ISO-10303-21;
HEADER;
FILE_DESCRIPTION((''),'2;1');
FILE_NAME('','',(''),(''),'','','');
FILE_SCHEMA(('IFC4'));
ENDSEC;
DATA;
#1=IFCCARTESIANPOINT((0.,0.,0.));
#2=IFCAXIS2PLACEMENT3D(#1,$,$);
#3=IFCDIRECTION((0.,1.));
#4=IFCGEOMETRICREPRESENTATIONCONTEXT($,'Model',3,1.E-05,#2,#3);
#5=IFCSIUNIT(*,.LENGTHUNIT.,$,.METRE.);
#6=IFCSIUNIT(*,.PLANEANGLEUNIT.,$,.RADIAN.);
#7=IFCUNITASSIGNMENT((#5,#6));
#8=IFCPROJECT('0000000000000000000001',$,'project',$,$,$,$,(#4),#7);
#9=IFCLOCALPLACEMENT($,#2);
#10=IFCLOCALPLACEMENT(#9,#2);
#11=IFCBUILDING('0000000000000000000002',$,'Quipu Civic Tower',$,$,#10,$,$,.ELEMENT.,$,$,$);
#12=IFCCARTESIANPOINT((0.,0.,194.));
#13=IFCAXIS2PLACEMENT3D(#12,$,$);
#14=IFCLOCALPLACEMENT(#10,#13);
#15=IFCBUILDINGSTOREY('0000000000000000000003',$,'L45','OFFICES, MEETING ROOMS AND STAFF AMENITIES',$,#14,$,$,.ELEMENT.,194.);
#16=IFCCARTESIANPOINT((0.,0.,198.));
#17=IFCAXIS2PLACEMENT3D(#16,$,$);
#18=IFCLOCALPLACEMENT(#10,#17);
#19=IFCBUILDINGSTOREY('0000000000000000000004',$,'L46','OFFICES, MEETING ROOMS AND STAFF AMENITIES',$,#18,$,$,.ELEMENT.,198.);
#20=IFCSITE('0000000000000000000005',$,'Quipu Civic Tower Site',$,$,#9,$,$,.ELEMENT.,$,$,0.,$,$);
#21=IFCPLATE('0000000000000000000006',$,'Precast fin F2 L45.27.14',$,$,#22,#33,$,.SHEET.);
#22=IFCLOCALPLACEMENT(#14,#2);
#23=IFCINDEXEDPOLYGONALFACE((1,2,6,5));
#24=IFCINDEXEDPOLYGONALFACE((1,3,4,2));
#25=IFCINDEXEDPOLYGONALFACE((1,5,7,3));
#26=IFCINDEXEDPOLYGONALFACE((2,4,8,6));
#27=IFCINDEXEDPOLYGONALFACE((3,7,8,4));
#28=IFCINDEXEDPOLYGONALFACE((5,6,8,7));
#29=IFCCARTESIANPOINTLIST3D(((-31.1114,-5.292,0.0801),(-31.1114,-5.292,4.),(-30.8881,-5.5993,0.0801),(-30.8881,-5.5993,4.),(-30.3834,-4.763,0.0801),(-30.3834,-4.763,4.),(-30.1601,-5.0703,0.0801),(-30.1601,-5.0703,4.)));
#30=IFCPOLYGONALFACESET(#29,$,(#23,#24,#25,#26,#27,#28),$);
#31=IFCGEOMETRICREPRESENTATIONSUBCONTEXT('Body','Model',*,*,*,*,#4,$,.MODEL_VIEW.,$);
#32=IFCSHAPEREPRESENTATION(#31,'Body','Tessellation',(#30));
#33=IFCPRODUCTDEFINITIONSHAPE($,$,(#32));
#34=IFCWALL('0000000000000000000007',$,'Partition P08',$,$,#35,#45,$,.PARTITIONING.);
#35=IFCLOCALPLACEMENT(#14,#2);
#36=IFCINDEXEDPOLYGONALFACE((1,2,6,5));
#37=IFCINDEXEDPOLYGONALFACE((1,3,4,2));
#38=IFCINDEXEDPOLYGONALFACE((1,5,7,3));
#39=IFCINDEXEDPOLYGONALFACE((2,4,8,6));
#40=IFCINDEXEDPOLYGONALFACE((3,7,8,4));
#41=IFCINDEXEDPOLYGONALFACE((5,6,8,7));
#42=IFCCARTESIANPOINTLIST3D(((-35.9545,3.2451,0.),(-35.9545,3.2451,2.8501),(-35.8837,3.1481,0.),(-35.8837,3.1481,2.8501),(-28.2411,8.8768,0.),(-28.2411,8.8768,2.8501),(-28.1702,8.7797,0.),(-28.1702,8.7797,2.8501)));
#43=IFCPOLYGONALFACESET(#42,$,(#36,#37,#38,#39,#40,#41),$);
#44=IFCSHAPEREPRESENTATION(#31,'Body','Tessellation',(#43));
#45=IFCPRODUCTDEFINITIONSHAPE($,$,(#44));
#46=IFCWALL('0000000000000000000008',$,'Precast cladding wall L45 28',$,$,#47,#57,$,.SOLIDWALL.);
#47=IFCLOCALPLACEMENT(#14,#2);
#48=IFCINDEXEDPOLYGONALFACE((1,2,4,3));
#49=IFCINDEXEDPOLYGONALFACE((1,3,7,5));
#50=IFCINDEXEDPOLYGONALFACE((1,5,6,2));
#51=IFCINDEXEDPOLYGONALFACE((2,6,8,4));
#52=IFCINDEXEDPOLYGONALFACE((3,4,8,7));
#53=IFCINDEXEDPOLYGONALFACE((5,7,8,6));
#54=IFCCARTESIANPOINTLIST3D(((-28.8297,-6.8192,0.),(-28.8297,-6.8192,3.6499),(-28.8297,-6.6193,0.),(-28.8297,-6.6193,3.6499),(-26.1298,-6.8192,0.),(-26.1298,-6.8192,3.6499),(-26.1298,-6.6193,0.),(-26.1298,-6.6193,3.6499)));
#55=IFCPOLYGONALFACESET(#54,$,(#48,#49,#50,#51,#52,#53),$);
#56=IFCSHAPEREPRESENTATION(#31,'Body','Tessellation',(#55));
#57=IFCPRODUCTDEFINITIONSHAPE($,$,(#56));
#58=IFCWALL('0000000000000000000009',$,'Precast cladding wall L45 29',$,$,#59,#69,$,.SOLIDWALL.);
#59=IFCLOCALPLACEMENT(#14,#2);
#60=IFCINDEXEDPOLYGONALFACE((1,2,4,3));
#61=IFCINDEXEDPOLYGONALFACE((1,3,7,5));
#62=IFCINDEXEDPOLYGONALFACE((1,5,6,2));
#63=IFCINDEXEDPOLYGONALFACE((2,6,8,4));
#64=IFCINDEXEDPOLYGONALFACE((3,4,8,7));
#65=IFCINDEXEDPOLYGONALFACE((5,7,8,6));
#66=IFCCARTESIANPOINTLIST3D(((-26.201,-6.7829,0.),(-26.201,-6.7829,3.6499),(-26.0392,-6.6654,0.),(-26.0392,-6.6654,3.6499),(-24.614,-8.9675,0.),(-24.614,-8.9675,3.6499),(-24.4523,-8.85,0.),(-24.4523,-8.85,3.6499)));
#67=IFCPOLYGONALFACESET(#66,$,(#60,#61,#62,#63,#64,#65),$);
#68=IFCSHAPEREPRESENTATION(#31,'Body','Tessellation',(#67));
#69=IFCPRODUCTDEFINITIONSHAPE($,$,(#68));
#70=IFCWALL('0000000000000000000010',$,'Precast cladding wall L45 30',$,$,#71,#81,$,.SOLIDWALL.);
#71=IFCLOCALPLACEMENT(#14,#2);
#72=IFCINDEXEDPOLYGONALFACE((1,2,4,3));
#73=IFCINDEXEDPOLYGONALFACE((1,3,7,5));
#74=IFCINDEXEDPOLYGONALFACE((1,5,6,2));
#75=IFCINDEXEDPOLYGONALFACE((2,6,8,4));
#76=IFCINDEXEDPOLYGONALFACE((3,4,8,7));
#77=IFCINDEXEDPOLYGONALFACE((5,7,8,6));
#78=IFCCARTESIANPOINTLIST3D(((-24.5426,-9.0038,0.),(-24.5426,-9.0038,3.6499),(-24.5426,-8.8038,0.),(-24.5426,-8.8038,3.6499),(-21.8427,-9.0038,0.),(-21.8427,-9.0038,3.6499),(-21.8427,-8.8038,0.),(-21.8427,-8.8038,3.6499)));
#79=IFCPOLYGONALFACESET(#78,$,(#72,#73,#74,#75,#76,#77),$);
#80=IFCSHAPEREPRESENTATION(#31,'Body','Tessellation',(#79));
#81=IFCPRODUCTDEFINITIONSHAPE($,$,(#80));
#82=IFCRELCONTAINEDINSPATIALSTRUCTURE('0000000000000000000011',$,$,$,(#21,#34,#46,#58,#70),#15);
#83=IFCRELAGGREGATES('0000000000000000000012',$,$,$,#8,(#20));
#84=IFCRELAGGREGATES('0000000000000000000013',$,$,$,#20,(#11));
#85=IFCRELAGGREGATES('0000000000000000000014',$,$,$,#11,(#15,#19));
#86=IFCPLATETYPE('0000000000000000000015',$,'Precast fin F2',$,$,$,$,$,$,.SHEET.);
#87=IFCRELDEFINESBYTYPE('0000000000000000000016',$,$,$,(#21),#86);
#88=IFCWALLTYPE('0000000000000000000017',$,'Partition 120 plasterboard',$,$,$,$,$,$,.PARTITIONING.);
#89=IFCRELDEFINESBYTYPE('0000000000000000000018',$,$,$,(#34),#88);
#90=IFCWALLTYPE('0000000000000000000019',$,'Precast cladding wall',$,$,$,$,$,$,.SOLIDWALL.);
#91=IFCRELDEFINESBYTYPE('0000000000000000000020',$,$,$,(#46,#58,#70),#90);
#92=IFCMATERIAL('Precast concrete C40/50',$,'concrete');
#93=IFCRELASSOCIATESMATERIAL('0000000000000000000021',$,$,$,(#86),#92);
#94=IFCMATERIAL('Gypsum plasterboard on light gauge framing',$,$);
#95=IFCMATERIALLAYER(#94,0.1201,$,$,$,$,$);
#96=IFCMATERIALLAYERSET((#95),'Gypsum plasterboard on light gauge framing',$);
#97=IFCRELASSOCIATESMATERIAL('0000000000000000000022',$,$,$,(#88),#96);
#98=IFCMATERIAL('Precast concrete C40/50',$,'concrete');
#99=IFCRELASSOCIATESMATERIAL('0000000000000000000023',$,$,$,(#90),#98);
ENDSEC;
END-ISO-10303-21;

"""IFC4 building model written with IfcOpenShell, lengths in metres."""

from ifc_helpers import new_model, si_unit, direction, frame, frame_2d, origin, origin_2d, place, context, subcontext, project, spatial, rectangle, extrude, material, layer, layer_set, type_object, element, save


model = new_model("IFC4")

# Units and contexts
model_context = context("Model", 3, precision=1e-05, world=origin(), true_north=direction((0.0, 1.0)))
body_context = subcontext(model_context, "Body", "Model", "MODEL_VIEW")
ifc_project = project(units=[si_unit("LENGTHUNIT", "METRE"), si_unit("PLANEANGLEUNIT", "RADIAN")], contexts=[model_context])

# Site, building, storey
site_placement = place(None, origin())
site = spatial("IfcSite", under=ifc_project, at=site_placement, Name="Quipu Civic Tower Site", CompositionType="ELEMENT", RefElevation=0.0)
building_placement = place(site_placement, origin())
building = spatial("IfcBuilding", under=site, at=building_placement, Name="Quipu Civic Tower", CompositionType="ELEMENT")
storey_1_placement = place(building_placement, frame((0.0, 0.0, 194.0)))
storey_1 = spatial("IfcBuildingStorey", under=building, at=storey_1_placement, Name="L45", Description="OFFICES, MEETING ROOMS AND STAFF AMENITIES", CompositionType="ELEMENT", Elevation=194.0)

# Shared definitions
storey_2_placement = place(building_placement, frame((0.0, 0.0, 198.0)))
storey_2 = spatial("IfcBuildingStorey", under=building, at=storey_2_placement, Name="L46", Description="OFFICES, MEETING ROOMS AND STAFF AMENITIES", CompositionType="ELEMENT", Elevation=198.0)

# Plate
ifc_material_1 = material(Name="Precast concrete C40/50", Category="concrete")
plate_type_1 = type_object("IfcPlateType", Name="Precast fin F2", PredefinedType="SHEET", material=ifc_material_1)
for number, where, z_axis, x_axis, name in (
    (1, (-30.6357, -5.1812, 0.0801), (0.0, 0.0, 1.0), (0.587786, -0.809017, 0.0), "Precast fin F2 L45.27.14"),
):
    element("IfcPlate", number, at=place(storey_1_placement, frame(where, z_axis=z_axis, x_axis=x_axis)), inside=storey_1, type_object=plate_type_1, Name=name, PredefinedType="SHEET", context=body_context, shape_type="SweptSolid", body=[
        extrude(rectangle(XDim=0.3799, YDim=0.8999, at=origin_2d()), origin(), (0.0, 0.0, 1.0), 3.9199),
    ])

# Walls
ifc_material_2 = material(Name="Gypsum plasterboard on light gauge framing")
ifc_layer_1 = layer(ifc_material_2, 0.1201)
ifc_layer_set_1 = layer_set([ifc_layer_1], Name="Gypsum plasterboard on light gauge framing")
wall_type_1 = type_object("IfcWallType", Name="Partition 120 plasterboard", PredefinedType="PARTITIONING", material=ifc_layer_set_1)
wall_1_placement = place(storey_1_placement, frame((-35.9192, 3.1965, 0.0), z_axis=(0.0, 0.0, 1.0), x_axis=(0.807646, 0.589668, 0.0)))
element("IfcWall", 2, at=wall_1_placement, inside=storey_1, type_object=wall_type_1, Name="Partition P08", PredefinedType="PARTITIONING", context=body_context, shape_type="SweptSolid", body=[
    extrude(rectangle(XDim=9.5505, YDim=0.1201, at=frame_2d((4.7754, 0.0))), origin(), (0.0, 0.0, 1.0), 2.8501),
])
ifc_material_3 = material(Name="Precast concrete C40/50", Category="concrete")
wall_type_2 = type_object("IfcWallType", Name="Precast cladding wall", PredefinedType="SOLIDWALL", material=ifc_material_3)
wall_2_placement = place(storey_1_placement, frame((-28.8298, -6.7192, 0.0), z_axis=(0.0, 0.0, 1.0), x_axis=(1.0, 0.0, 0.0)))
element("IfcWall", 3, at=wall_2_placement, inside=storey_1, type_object=wall_type_2, Name="Precast cladding wall L45 28", PredefinedType="SOLIDWALL", context=body_context, shape_type="SweptSolid", body=[
    extrude(rectangle(XDim=2.7, YDim=0.2, at=frame_2d((1.3501, 0.0))), origin(), (0.0, 0.0, 1.0), 3.6499),
])
wall_3_placement = place(storey_1_placement, frame((-26.1201, -6.7241, 0.0), z_axis=(0.0, 0.0, 1.0), x_axis=(0.58772, -0.809064, 0.0)))
element("IfcWall", 4, at=wall_3_placement, inside=storey_1, type_object=wall_type_2, Name="Precast cladding wall L45 29", PredefinedType="SOLIDWALL", context=body_context, shape_type="SweptSolid", body=[
    extrude(rectangle(XDim=2.7002, YDim=0.2, at=frame_2d((1.3501, 0.0))), origin(), (0.0, 0.0, 1.0), 3.6499),
])
wall_4_placement = place(storey_1_placement, frame((-24.5427, -8.9038, 0.0), z_axis=(0.0, 0.0, 1.0), x_axis=(1.0, 0.0, 0.0)))
element("IfcWall", 5, at=wall_4_placement, inside=storey_1, type_object=wall_type_2, Name="Precast cladding wall L45 30", PredefinedType="SOLIDWALL", context=body_context, shape_type="SweptSolid", body=[
    extrude(rectangle(XDim=2.7, YDim=0.2, at=frame_2d((1.3501, 0.0))), origin(), (0.0, 0.0, 1.0), 3.6499),
])

save(model, "model.ifc")
